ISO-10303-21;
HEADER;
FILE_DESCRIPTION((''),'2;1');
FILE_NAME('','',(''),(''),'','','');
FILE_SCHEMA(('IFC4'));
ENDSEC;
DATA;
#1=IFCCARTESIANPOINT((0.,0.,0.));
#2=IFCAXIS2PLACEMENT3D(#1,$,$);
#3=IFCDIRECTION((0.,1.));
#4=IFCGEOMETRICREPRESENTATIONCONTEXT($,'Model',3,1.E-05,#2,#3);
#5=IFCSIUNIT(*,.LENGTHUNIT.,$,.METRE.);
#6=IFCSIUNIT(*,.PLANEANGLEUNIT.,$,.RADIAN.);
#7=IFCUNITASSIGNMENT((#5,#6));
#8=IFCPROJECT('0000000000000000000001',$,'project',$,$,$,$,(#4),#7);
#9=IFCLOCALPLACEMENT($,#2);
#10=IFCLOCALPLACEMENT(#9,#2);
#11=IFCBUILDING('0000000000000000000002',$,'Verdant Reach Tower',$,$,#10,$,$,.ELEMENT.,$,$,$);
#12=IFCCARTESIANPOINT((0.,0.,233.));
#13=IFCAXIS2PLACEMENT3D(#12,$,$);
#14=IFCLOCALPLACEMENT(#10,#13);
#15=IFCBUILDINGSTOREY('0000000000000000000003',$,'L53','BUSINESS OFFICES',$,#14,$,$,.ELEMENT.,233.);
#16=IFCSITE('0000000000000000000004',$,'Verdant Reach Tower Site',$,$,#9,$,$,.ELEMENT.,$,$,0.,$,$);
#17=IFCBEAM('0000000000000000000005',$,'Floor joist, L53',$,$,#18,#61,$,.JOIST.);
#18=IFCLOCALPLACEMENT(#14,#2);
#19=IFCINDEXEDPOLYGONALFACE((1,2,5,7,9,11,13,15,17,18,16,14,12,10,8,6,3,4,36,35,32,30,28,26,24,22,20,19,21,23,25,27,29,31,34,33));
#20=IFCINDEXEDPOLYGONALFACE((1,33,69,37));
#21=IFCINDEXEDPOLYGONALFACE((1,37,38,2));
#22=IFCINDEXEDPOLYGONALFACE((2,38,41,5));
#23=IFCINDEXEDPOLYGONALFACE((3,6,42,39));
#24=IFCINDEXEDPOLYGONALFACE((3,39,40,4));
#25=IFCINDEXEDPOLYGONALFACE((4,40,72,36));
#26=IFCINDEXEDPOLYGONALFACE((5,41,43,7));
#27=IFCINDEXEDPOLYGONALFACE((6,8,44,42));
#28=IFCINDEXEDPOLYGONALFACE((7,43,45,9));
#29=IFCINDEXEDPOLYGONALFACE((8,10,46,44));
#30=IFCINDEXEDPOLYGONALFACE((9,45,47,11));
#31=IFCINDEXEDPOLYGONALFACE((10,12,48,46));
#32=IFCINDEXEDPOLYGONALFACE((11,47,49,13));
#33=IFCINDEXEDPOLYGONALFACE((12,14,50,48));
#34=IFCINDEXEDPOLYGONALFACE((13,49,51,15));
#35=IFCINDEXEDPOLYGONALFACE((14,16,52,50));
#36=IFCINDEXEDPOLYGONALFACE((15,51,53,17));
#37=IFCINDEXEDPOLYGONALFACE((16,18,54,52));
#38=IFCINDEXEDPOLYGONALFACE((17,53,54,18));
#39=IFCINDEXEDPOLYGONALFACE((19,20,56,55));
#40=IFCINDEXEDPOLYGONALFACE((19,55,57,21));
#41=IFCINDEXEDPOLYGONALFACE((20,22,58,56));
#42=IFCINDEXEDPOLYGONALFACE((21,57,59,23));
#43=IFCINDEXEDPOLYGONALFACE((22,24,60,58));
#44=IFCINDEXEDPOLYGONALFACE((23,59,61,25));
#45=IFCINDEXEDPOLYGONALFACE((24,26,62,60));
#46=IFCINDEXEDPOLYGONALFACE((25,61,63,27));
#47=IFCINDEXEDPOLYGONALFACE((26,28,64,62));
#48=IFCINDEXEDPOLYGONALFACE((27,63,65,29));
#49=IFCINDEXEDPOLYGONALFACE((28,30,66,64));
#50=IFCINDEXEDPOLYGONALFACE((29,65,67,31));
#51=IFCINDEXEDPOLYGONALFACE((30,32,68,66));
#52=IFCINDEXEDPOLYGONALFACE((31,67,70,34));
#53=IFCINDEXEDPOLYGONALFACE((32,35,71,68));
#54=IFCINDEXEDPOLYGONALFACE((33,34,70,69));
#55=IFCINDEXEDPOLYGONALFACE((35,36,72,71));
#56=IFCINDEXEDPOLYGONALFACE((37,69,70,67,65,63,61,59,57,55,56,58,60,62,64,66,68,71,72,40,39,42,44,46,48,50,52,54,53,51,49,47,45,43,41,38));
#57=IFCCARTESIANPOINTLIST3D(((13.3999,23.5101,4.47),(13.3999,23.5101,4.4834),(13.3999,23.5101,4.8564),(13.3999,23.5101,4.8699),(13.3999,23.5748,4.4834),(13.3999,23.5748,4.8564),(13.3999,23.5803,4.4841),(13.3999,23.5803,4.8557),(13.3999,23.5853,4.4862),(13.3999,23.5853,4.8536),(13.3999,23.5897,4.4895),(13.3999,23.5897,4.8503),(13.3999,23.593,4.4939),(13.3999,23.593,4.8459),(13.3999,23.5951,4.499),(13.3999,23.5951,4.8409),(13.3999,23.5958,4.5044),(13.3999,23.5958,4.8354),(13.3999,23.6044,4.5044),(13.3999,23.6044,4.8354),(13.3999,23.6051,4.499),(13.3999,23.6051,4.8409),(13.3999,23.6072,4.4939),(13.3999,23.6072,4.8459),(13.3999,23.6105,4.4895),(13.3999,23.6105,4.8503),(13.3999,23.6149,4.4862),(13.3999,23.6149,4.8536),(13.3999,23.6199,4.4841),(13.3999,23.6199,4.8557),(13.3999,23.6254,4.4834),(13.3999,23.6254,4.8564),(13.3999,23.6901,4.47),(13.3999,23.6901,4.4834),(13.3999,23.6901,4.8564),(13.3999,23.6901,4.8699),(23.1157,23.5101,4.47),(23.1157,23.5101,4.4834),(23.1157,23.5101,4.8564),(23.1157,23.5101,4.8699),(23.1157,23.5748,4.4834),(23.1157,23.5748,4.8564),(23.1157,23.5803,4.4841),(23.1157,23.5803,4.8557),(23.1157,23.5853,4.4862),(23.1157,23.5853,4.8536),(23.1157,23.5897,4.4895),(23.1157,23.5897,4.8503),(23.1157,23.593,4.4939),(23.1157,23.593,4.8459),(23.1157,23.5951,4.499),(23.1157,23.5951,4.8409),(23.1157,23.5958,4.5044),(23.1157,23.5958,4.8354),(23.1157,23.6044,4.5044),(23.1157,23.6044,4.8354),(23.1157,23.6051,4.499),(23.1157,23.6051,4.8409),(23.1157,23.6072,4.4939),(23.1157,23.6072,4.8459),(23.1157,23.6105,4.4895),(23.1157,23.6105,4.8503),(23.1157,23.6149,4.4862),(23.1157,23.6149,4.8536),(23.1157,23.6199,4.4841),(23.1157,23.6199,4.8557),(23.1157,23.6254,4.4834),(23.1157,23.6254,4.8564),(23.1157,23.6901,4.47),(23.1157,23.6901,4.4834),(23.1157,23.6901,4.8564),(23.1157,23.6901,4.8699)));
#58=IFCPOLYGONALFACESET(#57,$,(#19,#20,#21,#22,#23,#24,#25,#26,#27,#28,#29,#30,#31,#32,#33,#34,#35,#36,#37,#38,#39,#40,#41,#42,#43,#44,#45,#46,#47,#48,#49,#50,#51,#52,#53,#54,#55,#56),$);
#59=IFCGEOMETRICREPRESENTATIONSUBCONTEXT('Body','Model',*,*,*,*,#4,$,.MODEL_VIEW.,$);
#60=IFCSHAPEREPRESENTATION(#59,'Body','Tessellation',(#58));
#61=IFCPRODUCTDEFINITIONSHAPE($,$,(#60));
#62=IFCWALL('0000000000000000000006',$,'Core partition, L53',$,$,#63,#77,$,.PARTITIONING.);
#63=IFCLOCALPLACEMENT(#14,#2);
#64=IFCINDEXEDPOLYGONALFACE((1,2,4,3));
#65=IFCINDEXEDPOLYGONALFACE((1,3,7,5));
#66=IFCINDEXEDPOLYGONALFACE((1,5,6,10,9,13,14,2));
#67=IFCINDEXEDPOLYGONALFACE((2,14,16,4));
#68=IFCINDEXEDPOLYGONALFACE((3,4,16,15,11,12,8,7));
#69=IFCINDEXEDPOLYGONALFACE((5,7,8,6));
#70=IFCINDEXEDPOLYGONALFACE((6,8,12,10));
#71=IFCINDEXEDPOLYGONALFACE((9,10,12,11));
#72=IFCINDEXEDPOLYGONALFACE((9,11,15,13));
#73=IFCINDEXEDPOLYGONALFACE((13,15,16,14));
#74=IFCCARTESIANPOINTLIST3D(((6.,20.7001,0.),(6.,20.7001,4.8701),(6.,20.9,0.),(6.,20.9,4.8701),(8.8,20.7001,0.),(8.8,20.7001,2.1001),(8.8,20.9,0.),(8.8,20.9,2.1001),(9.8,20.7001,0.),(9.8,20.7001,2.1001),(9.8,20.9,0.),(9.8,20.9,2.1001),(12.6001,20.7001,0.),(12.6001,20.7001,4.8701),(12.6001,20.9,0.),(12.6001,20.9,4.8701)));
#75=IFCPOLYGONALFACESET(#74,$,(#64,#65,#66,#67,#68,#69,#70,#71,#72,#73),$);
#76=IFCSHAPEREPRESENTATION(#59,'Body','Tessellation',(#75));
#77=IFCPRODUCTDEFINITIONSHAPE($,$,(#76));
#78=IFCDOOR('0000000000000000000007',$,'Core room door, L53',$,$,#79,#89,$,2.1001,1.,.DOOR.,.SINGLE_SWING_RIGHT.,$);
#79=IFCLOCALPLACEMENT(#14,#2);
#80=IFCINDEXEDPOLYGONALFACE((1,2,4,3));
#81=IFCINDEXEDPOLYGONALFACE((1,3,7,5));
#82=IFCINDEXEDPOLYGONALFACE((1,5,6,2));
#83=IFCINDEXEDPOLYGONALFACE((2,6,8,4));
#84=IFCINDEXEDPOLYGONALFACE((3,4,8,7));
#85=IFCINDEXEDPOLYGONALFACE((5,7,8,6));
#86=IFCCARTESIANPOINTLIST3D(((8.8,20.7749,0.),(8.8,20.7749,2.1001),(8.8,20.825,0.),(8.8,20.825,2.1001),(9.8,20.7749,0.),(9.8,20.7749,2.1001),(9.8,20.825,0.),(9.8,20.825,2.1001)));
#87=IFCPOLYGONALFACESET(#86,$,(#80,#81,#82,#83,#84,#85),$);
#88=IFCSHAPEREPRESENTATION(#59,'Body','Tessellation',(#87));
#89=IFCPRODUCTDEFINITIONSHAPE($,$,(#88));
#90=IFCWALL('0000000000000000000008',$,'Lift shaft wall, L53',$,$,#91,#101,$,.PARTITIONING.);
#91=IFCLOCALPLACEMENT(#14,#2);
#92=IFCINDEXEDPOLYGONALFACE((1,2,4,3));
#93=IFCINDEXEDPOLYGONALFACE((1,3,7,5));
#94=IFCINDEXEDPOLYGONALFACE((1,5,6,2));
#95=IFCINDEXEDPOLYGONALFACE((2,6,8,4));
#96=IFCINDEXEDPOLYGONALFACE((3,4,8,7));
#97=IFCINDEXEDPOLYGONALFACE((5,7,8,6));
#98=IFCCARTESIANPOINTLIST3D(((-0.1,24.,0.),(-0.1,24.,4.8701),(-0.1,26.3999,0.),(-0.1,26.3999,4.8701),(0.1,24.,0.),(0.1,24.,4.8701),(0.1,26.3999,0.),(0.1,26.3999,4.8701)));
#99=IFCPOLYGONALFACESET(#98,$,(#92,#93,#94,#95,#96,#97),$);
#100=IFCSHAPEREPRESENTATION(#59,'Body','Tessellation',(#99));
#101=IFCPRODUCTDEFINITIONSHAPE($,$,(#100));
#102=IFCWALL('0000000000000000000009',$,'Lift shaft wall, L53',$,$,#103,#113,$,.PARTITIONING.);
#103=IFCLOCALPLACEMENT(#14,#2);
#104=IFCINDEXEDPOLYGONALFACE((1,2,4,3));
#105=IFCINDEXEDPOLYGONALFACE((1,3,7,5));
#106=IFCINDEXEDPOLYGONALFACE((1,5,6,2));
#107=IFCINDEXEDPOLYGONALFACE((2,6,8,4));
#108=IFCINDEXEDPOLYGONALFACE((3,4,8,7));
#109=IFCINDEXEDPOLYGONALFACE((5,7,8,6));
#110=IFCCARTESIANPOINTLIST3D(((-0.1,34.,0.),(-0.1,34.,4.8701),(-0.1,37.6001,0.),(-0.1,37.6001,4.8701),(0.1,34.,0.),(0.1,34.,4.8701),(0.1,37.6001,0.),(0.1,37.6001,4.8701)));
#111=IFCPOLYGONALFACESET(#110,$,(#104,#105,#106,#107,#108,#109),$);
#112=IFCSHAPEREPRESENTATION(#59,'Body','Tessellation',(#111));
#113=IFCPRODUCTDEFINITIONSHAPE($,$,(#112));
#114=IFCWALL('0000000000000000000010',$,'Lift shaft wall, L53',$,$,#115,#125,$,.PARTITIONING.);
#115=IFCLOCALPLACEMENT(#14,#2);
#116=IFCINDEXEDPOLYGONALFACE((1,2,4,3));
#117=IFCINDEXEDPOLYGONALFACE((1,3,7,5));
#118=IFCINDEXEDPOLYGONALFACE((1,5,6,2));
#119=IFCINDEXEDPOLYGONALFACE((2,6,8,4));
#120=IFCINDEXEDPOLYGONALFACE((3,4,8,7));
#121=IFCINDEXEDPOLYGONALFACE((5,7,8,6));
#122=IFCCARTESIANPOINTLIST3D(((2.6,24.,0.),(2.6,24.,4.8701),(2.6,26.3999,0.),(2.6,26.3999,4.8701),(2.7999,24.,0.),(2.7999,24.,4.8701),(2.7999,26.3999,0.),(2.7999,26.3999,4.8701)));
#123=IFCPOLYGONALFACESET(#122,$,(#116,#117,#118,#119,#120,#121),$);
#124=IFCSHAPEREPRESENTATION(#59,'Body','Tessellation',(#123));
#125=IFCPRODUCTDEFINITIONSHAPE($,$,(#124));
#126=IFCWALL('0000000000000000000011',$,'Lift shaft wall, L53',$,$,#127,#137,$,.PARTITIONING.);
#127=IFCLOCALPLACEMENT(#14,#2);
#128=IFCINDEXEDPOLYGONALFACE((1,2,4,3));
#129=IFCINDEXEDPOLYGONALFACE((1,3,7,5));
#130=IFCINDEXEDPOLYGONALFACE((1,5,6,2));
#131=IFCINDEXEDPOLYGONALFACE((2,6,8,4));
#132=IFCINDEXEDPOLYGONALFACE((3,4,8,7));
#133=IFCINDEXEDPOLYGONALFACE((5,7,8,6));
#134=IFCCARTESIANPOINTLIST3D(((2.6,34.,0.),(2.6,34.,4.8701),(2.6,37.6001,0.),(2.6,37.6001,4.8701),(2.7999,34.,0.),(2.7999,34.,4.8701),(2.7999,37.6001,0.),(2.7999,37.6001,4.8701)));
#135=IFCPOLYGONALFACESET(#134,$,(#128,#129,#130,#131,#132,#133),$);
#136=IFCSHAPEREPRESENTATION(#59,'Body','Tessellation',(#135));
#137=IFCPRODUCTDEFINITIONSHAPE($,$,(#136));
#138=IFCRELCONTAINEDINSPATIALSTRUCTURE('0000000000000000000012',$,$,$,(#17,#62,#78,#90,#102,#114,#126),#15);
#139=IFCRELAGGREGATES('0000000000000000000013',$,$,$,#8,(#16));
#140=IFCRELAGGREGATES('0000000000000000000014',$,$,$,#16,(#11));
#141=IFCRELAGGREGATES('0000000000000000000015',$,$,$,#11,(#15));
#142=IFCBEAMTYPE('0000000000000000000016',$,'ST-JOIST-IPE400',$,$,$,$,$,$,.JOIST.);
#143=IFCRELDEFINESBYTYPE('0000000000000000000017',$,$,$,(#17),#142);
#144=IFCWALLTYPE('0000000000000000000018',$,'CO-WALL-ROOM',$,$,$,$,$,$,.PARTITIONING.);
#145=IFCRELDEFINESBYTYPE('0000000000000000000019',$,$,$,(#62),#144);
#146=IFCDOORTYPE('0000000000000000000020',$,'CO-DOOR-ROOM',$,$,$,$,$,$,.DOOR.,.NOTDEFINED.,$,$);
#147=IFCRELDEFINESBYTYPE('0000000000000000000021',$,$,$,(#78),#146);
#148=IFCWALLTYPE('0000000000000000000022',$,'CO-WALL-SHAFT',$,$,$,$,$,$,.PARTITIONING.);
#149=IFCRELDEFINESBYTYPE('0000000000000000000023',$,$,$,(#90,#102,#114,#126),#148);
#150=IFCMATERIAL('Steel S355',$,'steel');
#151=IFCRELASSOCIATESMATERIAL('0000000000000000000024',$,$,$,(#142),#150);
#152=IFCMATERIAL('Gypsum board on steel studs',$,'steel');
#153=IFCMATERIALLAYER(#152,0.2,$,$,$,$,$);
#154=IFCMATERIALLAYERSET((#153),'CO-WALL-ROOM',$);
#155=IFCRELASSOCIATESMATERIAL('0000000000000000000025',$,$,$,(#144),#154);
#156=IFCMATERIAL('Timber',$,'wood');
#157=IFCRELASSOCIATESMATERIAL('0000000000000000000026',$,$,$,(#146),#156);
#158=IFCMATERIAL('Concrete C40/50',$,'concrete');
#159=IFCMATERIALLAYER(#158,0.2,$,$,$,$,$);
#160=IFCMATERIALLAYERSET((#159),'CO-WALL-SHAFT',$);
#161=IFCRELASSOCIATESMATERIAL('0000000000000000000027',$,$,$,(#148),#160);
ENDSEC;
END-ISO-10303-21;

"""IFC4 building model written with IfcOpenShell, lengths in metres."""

from ifc_helpers import new_model, si_unit, direction, frame, frame_2d, origin, origin_2d, place, context, subcontext, project, spatial, rectangle, i_section, extrude, material, layer, layer_set, material_profile, profile_set, type_object, element, fill, save


model = new_model("IFC4")

# Units and contexts
model_context = context("Model", 3, precision=1e-05, world=origin(), true_north=direction((0.0, 1.0)))
body_context = subcontext(model_context, "Body", "Model", "MODEL_VIEW")
ifc_project = project(units=[si_unit("LENGTHUNIT", "METRE"), si_unit("PLANEANGLEUNIT", "RADIAN")], contexts=[model_context])

# Site, building, storey
site_placement = place(None, origin())
site = spatial("IfcSite", under=ifc_project, at=site_placement, Name="Verdant Reach Tower Site", CompositionType="ELEMENT", RefElevation=0.0)
building_placement = place(site_placement, origin())
building = spatial("IfcBuilding", under=site, at=building_placement, Name="Verdant Reach Tower", CompositionType="ELEMENT")
storey_placement = place(building_placement, frame((0.0, 0.0, 233.0)))
storey = spatial("IfcBuildingStorey", under=building, at=storey_placement, Name="L53", Description="BUSINESS OFFICES", CompositionType="ELEMENT", Elevation=233.0)

# Beam
ifc_material_1 = material(Name="Steel S355", Category="steel")
ifc_material_profile_1 = material_profile(ifc_material_1, i_section(OverallWidth=0.1799, OverallDepth=0.3999, WebThickness=0.0085, FlangeThickness=0.0134, FilletRadius=0.021, at=origin_2d()), Name="IPE 400")
ifc_profile_set_1 = profile_set([ifc_material_profile_1], Name="Steel S355")
beam_type_1 = type_object("IfcBeamType", Name="ST-JOIST-IPE400", PredefinedType="JOIST", material=ifc_profile_set_1)
beam_1_placement = place(storey_placement, frame((13.3999, 23.6001, 4.6699), z_axis=(1.0, 0.0, 0.0), x_axis=(0.0, 1.0, 0.0)))
element("IfcBeam", 1, at=beam_1_placement, inside=storey, type_object=beam_type_1, Name="Floor joist, L53", PredefinedType="JOIST", context=body_context, shape_type="SweptSolid", body=[
    extrude(i_section(OverallWidth=0.1799, OverallDepth=0.3999, WebThickness=0.0085, FlangeThickness=0.0134, FilletRadius=0.021, at=origin_2d()), origin(), (0.0, 0.0, 1.0), 9.7158),
])

# Wall, opening, door
ifc_material_2 = material(Name="Gypsum board on steel studs", Category="steel")
ifc_layer_1 = layer(ifc_material_2, 0.2)
ifc_layer_set_1 = layer_set([ifc_layer_1], Name="CO-WALL-ROOM")
wall_type_1 = type_object("IfcWallType", Name="CO-WALL-ROOM", PredefinedType="PARTITIONING", material=ifc_layer_set_1)
wall_1_placement = place(storey_placement, frame((6.0, 20.8, 0.0), z_axis=(0.0, 0.0, 1.0), x_axis=(1.0, 0.0, 0.0)))
wall_1 = element("IfcWall", 2, at=wall_1_placement, inside=storey, type_object=wall_type_1, Name="Core partition, L53", PredefinedType="PARTITIONING", context=body_context, shape_type="SweptSolid", body=[
    extrude(rectangle(XDim=6.6001, YDim=0.2, at=frame_2d((3.3, 0.0))), origin(), (0.0, 0.0, 1.0), 4.8701),
])
opening_1_placement = place(wall_1_placement, frame((2.8, 0.0, 0.0)))
opening_1 = element("IfcOpeningElement", 3, at=opening_1_placement, cuts=wall_1, PredefinedType="OPENING", context=body_context, shape_type="SweptSolid", body=[
    extrude(rectangle(XDim=1.0, YDim=2.1001, at=frame_2d((0.5, 1.05))), frame((0.0, 0.1099, 0.0), z_axis=(0.0, -1.0, 0.0), x_axis=(1.0, 0.0, 0.0)), (0.0, 0.0, 1.0), 0.22),
])
ifc_material_3 = material(Name="Timber", Category="wood")
door_type_1 = type_object("IfcDoorType", Name="CO-DOOR-ROOM", OperationType="NOTDEFINED", PredefinedType="DOOR", material=ifc_material_3)
door_1_placement = place(opening_1_placement, origin())
door_1 = element("IfcDoor", 4, at=door_1_placement, inside=storey, type_object=door_type_1, Name="Core room door, L53", OperationType="SINGLE_SWING_RIGHT", OverallHeight=2.1001, OverallWidth=1.0, PredefinedType="DOOR", context=body_context, shape_type="SweptSolid", body=[
    extrude(rectangle(XDim=1.0, YDim=2.1001, at=frame_2d((0.5, 1.05))), frame((0.0, 0.0249, 0.0), z_axis=(0.0, -1.0, 0.0), x_axis=(1.0, 0.0, 0.0)), (0.0, 0.0, 1.0), 0.05),
])
fill(opening_1, door_1)

# Walls
ifc_material_4 = material(Name="Concrete C40/50", Category="concrete")
ifc_layer_2 = layer(ifc_material_4, 0.2)
ifc_layer_set_2 = layer_set([ifc_layer_2], Name="CO-WALL-SHAFT")
wall_type_2 = type_object("IfcWallType", Name="CO-WALL-SHAFT", PredefinedType="PARTITIONING", material=ifc_layer_set_2)
wall_2_placement = place(storey_placement, frame((0.0, 24.0, 0.0), z_axis=(0.0, 0.0, 1.0), x_axis=(0.0, 1.0, 0.0)))
element("IfcWall", 5, at=wall_2_placement, inside=storey, type_object=wall_type_2, Name="Lift shaft wall, L53", PredefinedType="PARTITIONING", context=body_context, shape_type="SweptSolid", body=[
    extrude(rectangle(XDim=2.3999, YDim=0.2, at=frame_2d((1.2, 0.0))), origin(), (0.0, 0.0, 1.0), 4.8701),
])
wall_3_placement = place(storey_placement, frame((0.0, 34.0, 0.0), z_axis=(0.0, 0.0, 1.0), x_axis=(0.0, 1.0, 0.0)))
element("IfcWall", 6, at=wall_3_placement, inside=storey, type_object=wall_type_2, Name="Lift shaft wall, L53", PredefinedType="PARTITIONING", context=body_context, shape_type="SweptSolid", body=[
    extrude(rectangle(XDim=3.6001, YDim=0.2, at=frame_2d((1.8, 0.0))), origin(), (0.0, 0.0, 1.0), 4.8701),
])
wall_4_placement = place(storey_placement, frame((2.7, 24.0, 0.0), z_axis=(0.0, 0.0, 1.0), x_axis=(0.0, 1.0, 0.0)))
element("IfcWall", 7, at=wall_4_placement, inside=storey, type_object=wall_type_2, Name="Lift shaft wall, L53", PredefinedType="PARTITIONING", context=body_context, shape_type="SweptSolid", body=[
    extrude(rectangle(XDim=2.3999, YDim=0.2, at=frame_2d((1.2, 0.0))), origin(), (0.0, 0.0, 1.0), 4.8701),
])
wall_5_placement = place(storey_placement, frame((2.7, 34.0, 0.0), z_axis=(0.0, 0.0, 1.0), x_axis=(0.0, 1.0, 0.0)))
element("IfcWall", 8, at=wall_5_placement, inside=storey, type_object=wall_type_2, Name="Lift shaft wall, L53", PredefinedType="PARTITIONING", context=body_context, shape_type="SweptSolid", body=[
    extrude(rectangle(XDim=3.6001, YDim=0.2, at=frame_2d((1.8, 0.0))), origin(), (0.0, 0.0, 1.0), 4.8701),
])

save(model, "model.ifc")
